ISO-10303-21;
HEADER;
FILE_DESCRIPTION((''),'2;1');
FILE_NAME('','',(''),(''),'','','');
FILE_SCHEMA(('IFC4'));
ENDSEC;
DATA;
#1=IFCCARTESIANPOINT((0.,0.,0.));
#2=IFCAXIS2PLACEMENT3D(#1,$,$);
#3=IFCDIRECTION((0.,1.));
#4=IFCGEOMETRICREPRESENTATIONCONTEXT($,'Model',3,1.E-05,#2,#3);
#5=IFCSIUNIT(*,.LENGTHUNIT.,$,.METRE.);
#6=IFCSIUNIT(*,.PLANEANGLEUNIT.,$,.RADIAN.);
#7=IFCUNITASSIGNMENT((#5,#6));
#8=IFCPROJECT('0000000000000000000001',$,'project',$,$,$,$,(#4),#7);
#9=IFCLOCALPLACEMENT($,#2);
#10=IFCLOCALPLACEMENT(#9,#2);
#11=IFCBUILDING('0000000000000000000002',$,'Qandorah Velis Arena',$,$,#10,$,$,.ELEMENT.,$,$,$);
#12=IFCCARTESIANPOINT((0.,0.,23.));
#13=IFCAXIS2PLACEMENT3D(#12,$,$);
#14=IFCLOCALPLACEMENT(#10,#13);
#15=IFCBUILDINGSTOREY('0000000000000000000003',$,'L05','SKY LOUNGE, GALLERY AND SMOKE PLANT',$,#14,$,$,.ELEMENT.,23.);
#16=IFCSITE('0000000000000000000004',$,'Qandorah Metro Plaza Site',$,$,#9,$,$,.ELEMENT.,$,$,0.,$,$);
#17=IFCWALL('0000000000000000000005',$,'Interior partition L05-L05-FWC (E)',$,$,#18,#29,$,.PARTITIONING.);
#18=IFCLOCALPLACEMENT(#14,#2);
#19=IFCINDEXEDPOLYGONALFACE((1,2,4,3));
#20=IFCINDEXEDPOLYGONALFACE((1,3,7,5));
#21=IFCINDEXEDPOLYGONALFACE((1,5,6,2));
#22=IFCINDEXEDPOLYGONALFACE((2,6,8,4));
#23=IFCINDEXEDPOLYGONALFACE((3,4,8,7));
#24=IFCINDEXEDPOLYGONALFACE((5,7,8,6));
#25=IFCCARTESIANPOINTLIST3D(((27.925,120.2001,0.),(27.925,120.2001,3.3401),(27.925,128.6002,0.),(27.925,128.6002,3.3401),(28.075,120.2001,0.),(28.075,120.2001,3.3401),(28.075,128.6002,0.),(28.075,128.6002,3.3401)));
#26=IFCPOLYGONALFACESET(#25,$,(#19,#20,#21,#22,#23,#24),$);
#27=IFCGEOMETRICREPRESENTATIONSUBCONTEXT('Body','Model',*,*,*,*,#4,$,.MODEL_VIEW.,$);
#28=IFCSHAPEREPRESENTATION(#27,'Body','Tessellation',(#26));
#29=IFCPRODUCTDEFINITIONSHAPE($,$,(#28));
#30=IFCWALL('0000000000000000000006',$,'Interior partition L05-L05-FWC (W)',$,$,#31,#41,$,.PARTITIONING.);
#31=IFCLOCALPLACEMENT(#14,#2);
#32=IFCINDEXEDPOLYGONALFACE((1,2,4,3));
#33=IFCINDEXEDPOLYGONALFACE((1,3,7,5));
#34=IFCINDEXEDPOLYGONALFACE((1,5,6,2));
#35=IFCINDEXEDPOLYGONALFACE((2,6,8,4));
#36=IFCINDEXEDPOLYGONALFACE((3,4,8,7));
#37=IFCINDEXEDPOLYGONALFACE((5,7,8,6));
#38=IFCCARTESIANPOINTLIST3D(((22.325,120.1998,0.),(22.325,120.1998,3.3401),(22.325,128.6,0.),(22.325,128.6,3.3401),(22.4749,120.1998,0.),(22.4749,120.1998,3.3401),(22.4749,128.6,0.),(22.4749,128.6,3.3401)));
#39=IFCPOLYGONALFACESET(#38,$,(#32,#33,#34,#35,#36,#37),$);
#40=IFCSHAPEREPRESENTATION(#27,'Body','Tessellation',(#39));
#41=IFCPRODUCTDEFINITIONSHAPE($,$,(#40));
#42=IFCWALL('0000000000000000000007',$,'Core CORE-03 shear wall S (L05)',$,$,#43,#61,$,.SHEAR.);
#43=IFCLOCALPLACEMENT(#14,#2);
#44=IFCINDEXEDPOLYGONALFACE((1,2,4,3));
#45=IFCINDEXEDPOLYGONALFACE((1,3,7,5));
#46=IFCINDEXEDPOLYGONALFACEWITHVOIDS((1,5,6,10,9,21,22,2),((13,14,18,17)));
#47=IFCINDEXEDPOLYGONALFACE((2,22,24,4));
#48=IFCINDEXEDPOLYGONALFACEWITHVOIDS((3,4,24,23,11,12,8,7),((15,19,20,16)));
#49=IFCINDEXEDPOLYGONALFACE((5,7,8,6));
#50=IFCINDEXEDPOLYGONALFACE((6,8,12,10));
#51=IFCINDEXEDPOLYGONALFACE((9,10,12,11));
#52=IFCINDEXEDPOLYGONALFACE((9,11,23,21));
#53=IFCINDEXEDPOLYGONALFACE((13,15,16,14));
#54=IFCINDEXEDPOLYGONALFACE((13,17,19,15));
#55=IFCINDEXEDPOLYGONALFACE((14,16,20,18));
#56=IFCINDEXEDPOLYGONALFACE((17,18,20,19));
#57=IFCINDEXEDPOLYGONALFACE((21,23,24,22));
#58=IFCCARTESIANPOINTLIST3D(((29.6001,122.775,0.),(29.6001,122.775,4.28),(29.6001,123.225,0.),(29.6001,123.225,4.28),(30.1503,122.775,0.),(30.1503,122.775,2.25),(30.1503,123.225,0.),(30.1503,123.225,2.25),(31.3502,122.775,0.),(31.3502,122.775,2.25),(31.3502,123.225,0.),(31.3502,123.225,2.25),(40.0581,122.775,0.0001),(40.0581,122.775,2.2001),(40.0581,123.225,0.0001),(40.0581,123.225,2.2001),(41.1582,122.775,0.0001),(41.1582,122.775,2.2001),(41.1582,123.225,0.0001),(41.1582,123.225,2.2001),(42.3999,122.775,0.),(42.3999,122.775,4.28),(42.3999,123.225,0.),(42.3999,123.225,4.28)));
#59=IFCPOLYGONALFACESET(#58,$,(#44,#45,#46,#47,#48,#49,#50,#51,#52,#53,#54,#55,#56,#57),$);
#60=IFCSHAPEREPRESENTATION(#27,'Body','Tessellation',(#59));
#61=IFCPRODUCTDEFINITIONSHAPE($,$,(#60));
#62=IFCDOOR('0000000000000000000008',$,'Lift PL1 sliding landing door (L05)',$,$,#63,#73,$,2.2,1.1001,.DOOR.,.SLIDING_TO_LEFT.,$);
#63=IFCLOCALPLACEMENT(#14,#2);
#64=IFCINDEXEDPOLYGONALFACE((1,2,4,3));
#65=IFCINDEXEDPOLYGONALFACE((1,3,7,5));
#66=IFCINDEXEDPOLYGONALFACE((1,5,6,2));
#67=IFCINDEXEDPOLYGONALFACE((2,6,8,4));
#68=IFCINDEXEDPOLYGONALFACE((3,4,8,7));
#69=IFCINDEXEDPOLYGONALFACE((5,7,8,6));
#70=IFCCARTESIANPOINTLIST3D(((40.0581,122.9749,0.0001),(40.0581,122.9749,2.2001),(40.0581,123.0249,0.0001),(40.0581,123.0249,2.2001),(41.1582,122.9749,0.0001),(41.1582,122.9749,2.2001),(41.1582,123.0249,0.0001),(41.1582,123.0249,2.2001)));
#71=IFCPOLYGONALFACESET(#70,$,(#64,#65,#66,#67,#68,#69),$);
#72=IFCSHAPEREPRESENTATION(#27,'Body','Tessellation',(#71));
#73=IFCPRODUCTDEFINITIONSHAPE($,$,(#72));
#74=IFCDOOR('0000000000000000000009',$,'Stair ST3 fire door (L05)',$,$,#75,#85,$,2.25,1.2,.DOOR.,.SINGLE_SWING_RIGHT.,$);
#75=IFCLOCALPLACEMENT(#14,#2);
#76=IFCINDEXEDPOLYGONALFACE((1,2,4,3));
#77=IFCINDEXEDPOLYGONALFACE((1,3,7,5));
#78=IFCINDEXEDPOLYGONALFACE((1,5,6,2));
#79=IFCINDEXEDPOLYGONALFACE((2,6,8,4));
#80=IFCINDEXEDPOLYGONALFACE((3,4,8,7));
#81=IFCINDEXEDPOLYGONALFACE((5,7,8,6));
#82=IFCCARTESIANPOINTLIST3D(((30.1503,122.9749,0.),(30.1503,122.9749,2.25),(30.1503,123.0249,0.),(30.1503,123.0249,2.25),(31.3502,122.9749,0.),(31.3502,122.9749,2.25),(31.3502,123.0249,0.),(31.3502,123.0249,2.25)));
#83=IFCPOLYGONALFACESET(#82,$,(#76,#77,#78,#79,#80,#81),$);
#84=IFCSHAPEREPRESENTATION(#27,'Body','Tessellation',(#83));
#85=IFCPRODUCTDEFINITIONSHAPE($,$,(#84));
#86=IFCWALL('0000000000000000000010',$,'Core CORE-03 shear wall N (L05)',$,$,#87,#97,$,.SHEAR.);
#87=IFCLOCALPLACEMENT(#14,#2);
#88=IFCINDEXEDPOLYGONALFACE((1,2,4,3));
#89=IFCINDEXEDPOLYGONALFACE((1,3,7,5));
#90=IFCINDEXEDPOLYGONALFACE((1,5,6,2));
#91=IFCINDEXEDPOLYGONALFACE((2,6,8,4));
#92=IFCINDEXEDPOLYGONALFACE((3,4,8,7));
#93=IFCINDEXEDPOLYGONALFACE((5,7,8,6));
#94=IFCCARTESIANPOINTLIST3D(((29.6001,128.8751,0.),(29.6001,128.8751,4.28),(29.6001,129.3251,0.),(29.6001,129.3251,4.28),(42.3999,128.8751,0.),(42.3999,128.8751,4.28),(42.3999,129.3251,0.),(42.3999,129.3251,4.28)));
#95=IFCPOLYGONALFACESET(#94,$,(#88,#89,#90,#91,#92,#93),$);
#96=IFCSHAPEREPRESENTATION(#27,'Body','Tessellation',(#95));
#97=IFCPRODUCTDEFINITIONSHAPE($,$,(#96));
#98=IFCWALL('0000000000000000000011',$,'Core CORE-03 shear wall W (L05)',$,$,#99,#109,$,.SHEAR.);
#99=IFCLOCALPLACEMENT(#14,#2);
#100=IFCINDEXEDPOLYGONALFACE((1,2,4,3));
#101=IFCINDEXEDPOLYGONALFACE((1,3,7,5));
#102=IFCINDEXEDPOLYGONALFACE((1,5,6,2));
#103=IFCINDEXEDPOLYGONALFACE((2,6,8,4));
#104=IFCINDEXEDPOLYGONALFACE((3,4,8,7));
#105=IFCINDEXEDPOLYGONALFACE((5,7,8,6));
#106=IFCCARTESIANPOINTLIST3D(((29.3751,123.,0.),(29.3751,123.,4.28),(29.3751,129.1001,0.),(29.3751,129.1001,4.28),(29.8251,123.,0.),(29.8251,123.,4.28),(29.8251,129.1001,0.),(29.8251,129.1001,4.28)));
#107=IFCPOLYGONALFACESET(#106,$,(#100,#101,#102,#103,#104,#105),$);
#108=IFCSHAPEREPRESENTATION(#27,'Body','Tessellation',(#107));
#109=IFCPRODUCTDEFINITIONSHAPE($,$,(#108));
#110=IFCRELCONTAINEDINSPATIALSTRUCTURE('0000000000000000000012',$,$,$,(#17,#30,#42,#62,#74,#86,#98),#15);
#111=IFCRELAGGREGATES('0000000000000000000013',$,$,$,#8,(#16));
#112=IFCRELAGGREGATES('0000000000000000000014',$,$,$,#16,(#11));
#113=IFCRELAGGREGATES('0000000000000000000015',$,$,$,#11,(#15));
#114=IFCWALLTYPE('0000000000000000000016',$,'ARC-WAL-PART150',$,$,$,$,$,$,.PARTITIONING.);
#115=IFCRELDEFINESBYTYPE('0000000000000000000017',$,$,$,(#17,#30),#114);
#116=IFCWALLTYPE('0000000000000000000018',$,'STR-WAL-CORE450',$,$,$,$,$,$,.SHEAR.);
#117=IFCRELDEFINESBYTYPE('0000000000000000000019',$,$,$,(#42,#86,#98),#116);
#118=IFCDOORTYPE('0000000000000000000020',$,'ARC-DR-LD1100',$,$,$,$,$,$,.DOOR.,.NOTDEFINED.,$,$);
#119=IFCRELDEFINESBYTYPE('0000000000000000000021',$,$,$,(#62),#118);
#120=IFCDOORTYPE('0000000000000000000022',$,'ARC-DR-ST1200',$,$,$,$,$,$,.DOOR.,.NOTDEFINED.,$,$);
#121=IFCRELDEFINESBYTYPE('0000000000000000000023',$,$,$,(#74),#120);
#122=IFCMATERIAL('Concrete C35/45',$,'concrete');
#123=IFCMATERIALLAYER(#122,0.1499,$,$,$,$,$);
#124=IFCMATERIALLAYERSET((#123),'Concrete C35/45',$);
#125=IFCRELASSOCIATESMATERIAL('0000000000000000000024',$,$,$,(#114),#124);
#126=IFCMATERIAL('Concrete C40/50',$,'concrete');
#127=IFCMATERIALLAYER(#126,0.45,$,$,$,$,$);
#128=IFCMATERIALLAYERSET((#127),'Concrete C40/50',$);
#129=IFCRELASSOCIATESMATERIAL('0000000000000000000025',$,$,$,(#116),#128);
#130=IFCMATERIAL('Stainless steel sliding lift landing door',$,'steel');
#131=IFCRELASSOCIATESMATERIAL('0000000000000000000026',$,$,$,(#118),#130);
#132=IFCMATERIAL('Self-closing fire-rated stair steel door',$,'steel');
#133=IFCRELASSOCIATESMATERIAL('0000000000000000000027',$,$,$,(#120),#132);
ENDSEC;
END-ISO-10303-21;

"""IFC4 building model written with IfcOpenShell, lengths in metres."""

from ifc_helpers import new_model, si_unit, direction, frame, frame_2d, origin, place, context, subcontext, project, spatial, rectangle, extrude, material, layer, layer_set, type_object, element, fill, save


model = new_model("IFC4")

# Units and contexts
model_context = context("Model", 3, precision=1e-05, world=origin(), true_north=direction((0.0, 1.0)))
body_context = subcontext(model_context, "Body", "Model", "MODEL_VIEW")
ifc_project = project(units=[si_unit("LENGTHUNIT", "METRE"), si_unit("PLANEANGLEUNIT", "RADIAN")], contexts=[model_context])

# Site, building, storey
site_placement = place(None, origin())
site = spatial("IfcSite", under=ifc_project, at=site_placement, Name="Qandorah Metro Plaza Site", CompositionType="ELEMENT", RefElevation=0.0)
building_placement = place(site_placement, origin())
building = spatial("IfcBuilding", under=site, at=building_placement, Name="Qandorah Velis Arena", CompositionType="ELEMENT")
storey_placement = place(building_placement, frame((0.0, 0.0, 23.0)))
storey = spatial("IfcBuildingStorey", under=building, at=storey_placement, Name="L05", Description="SKY LOUNGE, GALLERY AND SMOKE PLANT", CompositionType="ELEMENT", Elevation=23.0)

# Shared definitions
ifc_material_1 = material(Name="Concrete C40/50", Category="concrete")

# Shared definitions
ifc_material_2 = material(Name="Concrete C35/45", Category="concrete")
ifc_layer_1 = layer(ifc_material_2, 0.1499)
ifc_layer_set_1 = layer_set([ifc_layer_1], Name="Concrete C35/45")
wall_type_1 = type_object("IfcWallType", Name="ARC-WAL-PART150", PredefinedType="PARTITIONING", material=ifc_layer_set_1)

# Walls
for number, where, z_axis, x_axis, name in (
    (1, (28.0, 120.2, 0.0), (0.0, 0.0, 1.0), (0.0, 1.0, 0.0), "Interior partition L05-L05-FWC (E)"),
    (2, (22.3999, 128.6001, 0.0), (0.0, 0.0, 1.0), (0.0, -1.0, 0.0), "Interior partition L05-L05-FWC (W)"),
):
    element("IfcWall", number, at=place(storey_placement, frame(where, z_axis=z_axis, x_axis=x_axis)), inside=storey, type_object=wall_type_1, Name=name, PredefinedType="PARTITIONING", context=body_context, shape_type="SweptSolid", body=[
        extrude(rectangle(XDim=8.4001, YDim=0.1499, at=frame_2d((4.2002, 0.0))), origin(), (0.0, 0.0, 1.0), 3.3401),
    ])

# Wall, openings, doors
ifc_layer_2 = layer(ifc_material_1, 0.45)
ifc_layer_set_2 = layer_set([ifc_layer_2], Name="Concrete C40/50")
wall_type_2 = type_object("IfcWallType", Name="STR-WAL-CORE450", PredefinedType="SHEAR", material=ifc_layer_set_2)
wall_1_placement = place(storey_placement, frame((29.6001, 123.0, 0.0), z_axis=(0.0, 0.0, 1.0), x_axis=(1.0, 0.0, 0.0)))
wall_1 = element("IfcWall", 3, at=wall_1_placement, inside=storey, type_object=wall_type_2, Name="Core CORE-03 shear wall S (L05)", PredefinedType="SHEAR", context=body_context, shape_type="SweptSolid", body=[
    extrude(rectangle(XDim=12.7998, YDim=0.45, at=frame_2d((6.3999, 0.0))), origin(), (0.0, 0.0, 1.0), 4.28),
])
opening_1_placement = place(wall_1_placement, frame((0.55, 0.0, 0.0)))
opening_1 = element("IfcOpeningElement", 4, at=opening_1_placement, cuts=wall_1, PredefinedType="OPENING", context=body_context, shape_type="SweptSolid", body=[
    extrude(rectangle(XDim=1.2, YDim=2.25, at=frame_2d((0.6001, 1.125))), frame((0.0, 0.2349, 0.0), z_axis=(0.0, -1.0, 0.0), x_axis=(1.0, 0.0, 0.0)), (0.0, 0.0, 1.0), 0.47),
])
opening_2_placement = place(wall_1_placement, frame((10.458, 0.0, 0.0)))
opening_2 = element("IfcOpeningElement", 5, at=opening_2_placement, cuts=wall_1, PredefinedType="OPENING", context=body_context, shape_type="SweptSolid", body=[
    extrude(rectangle(XDim=1.1001, YDim=2.2, at=frame_2d((0.55, 1.1001))), frame((0.0, 0.2349, 0.0), z_axis=(0.0, -1.0, 0.0), x_axis=(1.0, 0.0, 0.0)), (0.0, 0.0, 1.0), 0.47),
])
ifc_material_3 = material(Name="Stainless steel sliding lift landing door", Category="steel")
door_type_1 = type_object("IfcDoorType", Name="ARC-DR-LD1100", OperationType="NOTDEFINED", PredefinedType="DOOR", material=ifc_material_3)
door_1_placement = place(opening_2_placement, origin())
door_1 = element("IfcDoor", 6, at=door_1_placement, inside=storey, type_object=door_type_1, Name="Lift PL1 sliding landing door (L05)", OperationType="SLIDING_TO_LEFT", OverallHeight=2.2, OverallWidth=1.1001, PredefinedType="DOOR", context=body_context, shape_type="SweptSolid", body=[
    extrude(rectangle(XDim=1.1001, YDim=2.2, at=frame_2d((0.55, 1.1001))), frame((0.0, 0.0249, 0.0), z_axis=(0.0, -1.0, 0.0), x_axis=(1.0, 0.0, 0.0)), (0.0, 0.0, 1.0), 0.05),
])
fill(opening_2, door_1)
ifc_material_4 = material(Name="Self-closing fire-rated stair steel door", Category="steel")
door_type_2 = type_object("IfcDoorType", Name="ARC-DR-ST1200", OperationType="NOTDEFINED", PredefinedType="DOOR", material=ifc_material_4)
door_2_placement = place(opening_1_placement, origin())
door_2 = element("IfcDoor", 7, at=door_2_placement, inside=storey, type_object=door_type_2, Name="Stair ST3 fire door (L05)", OperationType="SINGLE_SWING_RIGHT", OverallHeight=2.25, OverallWidth=1.2, PredefinedType="DOOR", context=body_context, shape_type="SweptSolid", body=[
    extrude(rectangle(XDim=1.2, YDim=2.25, at=frame_2d((0.6001, 1.125))), frame((0.0, 0.0249, 0.0), z_axis=(0.0, -1.0, 0.0), x_axis=(1.0, 0.0, 0.0)), (0.0, 0.0, 1.0), 0.05),
])
fill(opening_1, door_2)

# Walls
wall_2_placement = place(storey_placement, frame((29.6001, 129.1001, 0.0), z_axis=(0.0, 0.0, 1.0), x_axis=(1.0, 0.0, 0.0)))
element("IfcWall", 8, at=wall_2_placement, inside=storey, type_object=wall_type_2, Name="Core CORE-03 shear wall N (L05)", PredefinedType="SHEAR", context=body_context, shape_type="SweptSolid", body=[
    extrude(rectangle(XDim=12.7998, YDim=0.45, at=frame_2d((6.3999, 0.0))), origin(), (0.0, 0.0, 1.0), 4.28),
])
wall_3_placement = place(storey_placement, frame((29.6001, 123.0, 0.0), z_axis=(0.0, 0.0, 1.0), x_axis=(0.0, 1.0, 0.0)))
element("IfcWall", 9, at=wall_3_placement, inside=storey, type_object=wall_type_2, Name="Core CORE-03 shear wall W (L05)", PredefinedType="SHEAR", context=body_context, shape_type="SweptSolid", body=[
    extrude(rectangle(XDim=6.1001, YDim=0.45, at=frame_2d((3.05, 0.0))), origin(), (0.0, 0.0, 1.0), 4.28),
])

save(model, "model.ifc")
